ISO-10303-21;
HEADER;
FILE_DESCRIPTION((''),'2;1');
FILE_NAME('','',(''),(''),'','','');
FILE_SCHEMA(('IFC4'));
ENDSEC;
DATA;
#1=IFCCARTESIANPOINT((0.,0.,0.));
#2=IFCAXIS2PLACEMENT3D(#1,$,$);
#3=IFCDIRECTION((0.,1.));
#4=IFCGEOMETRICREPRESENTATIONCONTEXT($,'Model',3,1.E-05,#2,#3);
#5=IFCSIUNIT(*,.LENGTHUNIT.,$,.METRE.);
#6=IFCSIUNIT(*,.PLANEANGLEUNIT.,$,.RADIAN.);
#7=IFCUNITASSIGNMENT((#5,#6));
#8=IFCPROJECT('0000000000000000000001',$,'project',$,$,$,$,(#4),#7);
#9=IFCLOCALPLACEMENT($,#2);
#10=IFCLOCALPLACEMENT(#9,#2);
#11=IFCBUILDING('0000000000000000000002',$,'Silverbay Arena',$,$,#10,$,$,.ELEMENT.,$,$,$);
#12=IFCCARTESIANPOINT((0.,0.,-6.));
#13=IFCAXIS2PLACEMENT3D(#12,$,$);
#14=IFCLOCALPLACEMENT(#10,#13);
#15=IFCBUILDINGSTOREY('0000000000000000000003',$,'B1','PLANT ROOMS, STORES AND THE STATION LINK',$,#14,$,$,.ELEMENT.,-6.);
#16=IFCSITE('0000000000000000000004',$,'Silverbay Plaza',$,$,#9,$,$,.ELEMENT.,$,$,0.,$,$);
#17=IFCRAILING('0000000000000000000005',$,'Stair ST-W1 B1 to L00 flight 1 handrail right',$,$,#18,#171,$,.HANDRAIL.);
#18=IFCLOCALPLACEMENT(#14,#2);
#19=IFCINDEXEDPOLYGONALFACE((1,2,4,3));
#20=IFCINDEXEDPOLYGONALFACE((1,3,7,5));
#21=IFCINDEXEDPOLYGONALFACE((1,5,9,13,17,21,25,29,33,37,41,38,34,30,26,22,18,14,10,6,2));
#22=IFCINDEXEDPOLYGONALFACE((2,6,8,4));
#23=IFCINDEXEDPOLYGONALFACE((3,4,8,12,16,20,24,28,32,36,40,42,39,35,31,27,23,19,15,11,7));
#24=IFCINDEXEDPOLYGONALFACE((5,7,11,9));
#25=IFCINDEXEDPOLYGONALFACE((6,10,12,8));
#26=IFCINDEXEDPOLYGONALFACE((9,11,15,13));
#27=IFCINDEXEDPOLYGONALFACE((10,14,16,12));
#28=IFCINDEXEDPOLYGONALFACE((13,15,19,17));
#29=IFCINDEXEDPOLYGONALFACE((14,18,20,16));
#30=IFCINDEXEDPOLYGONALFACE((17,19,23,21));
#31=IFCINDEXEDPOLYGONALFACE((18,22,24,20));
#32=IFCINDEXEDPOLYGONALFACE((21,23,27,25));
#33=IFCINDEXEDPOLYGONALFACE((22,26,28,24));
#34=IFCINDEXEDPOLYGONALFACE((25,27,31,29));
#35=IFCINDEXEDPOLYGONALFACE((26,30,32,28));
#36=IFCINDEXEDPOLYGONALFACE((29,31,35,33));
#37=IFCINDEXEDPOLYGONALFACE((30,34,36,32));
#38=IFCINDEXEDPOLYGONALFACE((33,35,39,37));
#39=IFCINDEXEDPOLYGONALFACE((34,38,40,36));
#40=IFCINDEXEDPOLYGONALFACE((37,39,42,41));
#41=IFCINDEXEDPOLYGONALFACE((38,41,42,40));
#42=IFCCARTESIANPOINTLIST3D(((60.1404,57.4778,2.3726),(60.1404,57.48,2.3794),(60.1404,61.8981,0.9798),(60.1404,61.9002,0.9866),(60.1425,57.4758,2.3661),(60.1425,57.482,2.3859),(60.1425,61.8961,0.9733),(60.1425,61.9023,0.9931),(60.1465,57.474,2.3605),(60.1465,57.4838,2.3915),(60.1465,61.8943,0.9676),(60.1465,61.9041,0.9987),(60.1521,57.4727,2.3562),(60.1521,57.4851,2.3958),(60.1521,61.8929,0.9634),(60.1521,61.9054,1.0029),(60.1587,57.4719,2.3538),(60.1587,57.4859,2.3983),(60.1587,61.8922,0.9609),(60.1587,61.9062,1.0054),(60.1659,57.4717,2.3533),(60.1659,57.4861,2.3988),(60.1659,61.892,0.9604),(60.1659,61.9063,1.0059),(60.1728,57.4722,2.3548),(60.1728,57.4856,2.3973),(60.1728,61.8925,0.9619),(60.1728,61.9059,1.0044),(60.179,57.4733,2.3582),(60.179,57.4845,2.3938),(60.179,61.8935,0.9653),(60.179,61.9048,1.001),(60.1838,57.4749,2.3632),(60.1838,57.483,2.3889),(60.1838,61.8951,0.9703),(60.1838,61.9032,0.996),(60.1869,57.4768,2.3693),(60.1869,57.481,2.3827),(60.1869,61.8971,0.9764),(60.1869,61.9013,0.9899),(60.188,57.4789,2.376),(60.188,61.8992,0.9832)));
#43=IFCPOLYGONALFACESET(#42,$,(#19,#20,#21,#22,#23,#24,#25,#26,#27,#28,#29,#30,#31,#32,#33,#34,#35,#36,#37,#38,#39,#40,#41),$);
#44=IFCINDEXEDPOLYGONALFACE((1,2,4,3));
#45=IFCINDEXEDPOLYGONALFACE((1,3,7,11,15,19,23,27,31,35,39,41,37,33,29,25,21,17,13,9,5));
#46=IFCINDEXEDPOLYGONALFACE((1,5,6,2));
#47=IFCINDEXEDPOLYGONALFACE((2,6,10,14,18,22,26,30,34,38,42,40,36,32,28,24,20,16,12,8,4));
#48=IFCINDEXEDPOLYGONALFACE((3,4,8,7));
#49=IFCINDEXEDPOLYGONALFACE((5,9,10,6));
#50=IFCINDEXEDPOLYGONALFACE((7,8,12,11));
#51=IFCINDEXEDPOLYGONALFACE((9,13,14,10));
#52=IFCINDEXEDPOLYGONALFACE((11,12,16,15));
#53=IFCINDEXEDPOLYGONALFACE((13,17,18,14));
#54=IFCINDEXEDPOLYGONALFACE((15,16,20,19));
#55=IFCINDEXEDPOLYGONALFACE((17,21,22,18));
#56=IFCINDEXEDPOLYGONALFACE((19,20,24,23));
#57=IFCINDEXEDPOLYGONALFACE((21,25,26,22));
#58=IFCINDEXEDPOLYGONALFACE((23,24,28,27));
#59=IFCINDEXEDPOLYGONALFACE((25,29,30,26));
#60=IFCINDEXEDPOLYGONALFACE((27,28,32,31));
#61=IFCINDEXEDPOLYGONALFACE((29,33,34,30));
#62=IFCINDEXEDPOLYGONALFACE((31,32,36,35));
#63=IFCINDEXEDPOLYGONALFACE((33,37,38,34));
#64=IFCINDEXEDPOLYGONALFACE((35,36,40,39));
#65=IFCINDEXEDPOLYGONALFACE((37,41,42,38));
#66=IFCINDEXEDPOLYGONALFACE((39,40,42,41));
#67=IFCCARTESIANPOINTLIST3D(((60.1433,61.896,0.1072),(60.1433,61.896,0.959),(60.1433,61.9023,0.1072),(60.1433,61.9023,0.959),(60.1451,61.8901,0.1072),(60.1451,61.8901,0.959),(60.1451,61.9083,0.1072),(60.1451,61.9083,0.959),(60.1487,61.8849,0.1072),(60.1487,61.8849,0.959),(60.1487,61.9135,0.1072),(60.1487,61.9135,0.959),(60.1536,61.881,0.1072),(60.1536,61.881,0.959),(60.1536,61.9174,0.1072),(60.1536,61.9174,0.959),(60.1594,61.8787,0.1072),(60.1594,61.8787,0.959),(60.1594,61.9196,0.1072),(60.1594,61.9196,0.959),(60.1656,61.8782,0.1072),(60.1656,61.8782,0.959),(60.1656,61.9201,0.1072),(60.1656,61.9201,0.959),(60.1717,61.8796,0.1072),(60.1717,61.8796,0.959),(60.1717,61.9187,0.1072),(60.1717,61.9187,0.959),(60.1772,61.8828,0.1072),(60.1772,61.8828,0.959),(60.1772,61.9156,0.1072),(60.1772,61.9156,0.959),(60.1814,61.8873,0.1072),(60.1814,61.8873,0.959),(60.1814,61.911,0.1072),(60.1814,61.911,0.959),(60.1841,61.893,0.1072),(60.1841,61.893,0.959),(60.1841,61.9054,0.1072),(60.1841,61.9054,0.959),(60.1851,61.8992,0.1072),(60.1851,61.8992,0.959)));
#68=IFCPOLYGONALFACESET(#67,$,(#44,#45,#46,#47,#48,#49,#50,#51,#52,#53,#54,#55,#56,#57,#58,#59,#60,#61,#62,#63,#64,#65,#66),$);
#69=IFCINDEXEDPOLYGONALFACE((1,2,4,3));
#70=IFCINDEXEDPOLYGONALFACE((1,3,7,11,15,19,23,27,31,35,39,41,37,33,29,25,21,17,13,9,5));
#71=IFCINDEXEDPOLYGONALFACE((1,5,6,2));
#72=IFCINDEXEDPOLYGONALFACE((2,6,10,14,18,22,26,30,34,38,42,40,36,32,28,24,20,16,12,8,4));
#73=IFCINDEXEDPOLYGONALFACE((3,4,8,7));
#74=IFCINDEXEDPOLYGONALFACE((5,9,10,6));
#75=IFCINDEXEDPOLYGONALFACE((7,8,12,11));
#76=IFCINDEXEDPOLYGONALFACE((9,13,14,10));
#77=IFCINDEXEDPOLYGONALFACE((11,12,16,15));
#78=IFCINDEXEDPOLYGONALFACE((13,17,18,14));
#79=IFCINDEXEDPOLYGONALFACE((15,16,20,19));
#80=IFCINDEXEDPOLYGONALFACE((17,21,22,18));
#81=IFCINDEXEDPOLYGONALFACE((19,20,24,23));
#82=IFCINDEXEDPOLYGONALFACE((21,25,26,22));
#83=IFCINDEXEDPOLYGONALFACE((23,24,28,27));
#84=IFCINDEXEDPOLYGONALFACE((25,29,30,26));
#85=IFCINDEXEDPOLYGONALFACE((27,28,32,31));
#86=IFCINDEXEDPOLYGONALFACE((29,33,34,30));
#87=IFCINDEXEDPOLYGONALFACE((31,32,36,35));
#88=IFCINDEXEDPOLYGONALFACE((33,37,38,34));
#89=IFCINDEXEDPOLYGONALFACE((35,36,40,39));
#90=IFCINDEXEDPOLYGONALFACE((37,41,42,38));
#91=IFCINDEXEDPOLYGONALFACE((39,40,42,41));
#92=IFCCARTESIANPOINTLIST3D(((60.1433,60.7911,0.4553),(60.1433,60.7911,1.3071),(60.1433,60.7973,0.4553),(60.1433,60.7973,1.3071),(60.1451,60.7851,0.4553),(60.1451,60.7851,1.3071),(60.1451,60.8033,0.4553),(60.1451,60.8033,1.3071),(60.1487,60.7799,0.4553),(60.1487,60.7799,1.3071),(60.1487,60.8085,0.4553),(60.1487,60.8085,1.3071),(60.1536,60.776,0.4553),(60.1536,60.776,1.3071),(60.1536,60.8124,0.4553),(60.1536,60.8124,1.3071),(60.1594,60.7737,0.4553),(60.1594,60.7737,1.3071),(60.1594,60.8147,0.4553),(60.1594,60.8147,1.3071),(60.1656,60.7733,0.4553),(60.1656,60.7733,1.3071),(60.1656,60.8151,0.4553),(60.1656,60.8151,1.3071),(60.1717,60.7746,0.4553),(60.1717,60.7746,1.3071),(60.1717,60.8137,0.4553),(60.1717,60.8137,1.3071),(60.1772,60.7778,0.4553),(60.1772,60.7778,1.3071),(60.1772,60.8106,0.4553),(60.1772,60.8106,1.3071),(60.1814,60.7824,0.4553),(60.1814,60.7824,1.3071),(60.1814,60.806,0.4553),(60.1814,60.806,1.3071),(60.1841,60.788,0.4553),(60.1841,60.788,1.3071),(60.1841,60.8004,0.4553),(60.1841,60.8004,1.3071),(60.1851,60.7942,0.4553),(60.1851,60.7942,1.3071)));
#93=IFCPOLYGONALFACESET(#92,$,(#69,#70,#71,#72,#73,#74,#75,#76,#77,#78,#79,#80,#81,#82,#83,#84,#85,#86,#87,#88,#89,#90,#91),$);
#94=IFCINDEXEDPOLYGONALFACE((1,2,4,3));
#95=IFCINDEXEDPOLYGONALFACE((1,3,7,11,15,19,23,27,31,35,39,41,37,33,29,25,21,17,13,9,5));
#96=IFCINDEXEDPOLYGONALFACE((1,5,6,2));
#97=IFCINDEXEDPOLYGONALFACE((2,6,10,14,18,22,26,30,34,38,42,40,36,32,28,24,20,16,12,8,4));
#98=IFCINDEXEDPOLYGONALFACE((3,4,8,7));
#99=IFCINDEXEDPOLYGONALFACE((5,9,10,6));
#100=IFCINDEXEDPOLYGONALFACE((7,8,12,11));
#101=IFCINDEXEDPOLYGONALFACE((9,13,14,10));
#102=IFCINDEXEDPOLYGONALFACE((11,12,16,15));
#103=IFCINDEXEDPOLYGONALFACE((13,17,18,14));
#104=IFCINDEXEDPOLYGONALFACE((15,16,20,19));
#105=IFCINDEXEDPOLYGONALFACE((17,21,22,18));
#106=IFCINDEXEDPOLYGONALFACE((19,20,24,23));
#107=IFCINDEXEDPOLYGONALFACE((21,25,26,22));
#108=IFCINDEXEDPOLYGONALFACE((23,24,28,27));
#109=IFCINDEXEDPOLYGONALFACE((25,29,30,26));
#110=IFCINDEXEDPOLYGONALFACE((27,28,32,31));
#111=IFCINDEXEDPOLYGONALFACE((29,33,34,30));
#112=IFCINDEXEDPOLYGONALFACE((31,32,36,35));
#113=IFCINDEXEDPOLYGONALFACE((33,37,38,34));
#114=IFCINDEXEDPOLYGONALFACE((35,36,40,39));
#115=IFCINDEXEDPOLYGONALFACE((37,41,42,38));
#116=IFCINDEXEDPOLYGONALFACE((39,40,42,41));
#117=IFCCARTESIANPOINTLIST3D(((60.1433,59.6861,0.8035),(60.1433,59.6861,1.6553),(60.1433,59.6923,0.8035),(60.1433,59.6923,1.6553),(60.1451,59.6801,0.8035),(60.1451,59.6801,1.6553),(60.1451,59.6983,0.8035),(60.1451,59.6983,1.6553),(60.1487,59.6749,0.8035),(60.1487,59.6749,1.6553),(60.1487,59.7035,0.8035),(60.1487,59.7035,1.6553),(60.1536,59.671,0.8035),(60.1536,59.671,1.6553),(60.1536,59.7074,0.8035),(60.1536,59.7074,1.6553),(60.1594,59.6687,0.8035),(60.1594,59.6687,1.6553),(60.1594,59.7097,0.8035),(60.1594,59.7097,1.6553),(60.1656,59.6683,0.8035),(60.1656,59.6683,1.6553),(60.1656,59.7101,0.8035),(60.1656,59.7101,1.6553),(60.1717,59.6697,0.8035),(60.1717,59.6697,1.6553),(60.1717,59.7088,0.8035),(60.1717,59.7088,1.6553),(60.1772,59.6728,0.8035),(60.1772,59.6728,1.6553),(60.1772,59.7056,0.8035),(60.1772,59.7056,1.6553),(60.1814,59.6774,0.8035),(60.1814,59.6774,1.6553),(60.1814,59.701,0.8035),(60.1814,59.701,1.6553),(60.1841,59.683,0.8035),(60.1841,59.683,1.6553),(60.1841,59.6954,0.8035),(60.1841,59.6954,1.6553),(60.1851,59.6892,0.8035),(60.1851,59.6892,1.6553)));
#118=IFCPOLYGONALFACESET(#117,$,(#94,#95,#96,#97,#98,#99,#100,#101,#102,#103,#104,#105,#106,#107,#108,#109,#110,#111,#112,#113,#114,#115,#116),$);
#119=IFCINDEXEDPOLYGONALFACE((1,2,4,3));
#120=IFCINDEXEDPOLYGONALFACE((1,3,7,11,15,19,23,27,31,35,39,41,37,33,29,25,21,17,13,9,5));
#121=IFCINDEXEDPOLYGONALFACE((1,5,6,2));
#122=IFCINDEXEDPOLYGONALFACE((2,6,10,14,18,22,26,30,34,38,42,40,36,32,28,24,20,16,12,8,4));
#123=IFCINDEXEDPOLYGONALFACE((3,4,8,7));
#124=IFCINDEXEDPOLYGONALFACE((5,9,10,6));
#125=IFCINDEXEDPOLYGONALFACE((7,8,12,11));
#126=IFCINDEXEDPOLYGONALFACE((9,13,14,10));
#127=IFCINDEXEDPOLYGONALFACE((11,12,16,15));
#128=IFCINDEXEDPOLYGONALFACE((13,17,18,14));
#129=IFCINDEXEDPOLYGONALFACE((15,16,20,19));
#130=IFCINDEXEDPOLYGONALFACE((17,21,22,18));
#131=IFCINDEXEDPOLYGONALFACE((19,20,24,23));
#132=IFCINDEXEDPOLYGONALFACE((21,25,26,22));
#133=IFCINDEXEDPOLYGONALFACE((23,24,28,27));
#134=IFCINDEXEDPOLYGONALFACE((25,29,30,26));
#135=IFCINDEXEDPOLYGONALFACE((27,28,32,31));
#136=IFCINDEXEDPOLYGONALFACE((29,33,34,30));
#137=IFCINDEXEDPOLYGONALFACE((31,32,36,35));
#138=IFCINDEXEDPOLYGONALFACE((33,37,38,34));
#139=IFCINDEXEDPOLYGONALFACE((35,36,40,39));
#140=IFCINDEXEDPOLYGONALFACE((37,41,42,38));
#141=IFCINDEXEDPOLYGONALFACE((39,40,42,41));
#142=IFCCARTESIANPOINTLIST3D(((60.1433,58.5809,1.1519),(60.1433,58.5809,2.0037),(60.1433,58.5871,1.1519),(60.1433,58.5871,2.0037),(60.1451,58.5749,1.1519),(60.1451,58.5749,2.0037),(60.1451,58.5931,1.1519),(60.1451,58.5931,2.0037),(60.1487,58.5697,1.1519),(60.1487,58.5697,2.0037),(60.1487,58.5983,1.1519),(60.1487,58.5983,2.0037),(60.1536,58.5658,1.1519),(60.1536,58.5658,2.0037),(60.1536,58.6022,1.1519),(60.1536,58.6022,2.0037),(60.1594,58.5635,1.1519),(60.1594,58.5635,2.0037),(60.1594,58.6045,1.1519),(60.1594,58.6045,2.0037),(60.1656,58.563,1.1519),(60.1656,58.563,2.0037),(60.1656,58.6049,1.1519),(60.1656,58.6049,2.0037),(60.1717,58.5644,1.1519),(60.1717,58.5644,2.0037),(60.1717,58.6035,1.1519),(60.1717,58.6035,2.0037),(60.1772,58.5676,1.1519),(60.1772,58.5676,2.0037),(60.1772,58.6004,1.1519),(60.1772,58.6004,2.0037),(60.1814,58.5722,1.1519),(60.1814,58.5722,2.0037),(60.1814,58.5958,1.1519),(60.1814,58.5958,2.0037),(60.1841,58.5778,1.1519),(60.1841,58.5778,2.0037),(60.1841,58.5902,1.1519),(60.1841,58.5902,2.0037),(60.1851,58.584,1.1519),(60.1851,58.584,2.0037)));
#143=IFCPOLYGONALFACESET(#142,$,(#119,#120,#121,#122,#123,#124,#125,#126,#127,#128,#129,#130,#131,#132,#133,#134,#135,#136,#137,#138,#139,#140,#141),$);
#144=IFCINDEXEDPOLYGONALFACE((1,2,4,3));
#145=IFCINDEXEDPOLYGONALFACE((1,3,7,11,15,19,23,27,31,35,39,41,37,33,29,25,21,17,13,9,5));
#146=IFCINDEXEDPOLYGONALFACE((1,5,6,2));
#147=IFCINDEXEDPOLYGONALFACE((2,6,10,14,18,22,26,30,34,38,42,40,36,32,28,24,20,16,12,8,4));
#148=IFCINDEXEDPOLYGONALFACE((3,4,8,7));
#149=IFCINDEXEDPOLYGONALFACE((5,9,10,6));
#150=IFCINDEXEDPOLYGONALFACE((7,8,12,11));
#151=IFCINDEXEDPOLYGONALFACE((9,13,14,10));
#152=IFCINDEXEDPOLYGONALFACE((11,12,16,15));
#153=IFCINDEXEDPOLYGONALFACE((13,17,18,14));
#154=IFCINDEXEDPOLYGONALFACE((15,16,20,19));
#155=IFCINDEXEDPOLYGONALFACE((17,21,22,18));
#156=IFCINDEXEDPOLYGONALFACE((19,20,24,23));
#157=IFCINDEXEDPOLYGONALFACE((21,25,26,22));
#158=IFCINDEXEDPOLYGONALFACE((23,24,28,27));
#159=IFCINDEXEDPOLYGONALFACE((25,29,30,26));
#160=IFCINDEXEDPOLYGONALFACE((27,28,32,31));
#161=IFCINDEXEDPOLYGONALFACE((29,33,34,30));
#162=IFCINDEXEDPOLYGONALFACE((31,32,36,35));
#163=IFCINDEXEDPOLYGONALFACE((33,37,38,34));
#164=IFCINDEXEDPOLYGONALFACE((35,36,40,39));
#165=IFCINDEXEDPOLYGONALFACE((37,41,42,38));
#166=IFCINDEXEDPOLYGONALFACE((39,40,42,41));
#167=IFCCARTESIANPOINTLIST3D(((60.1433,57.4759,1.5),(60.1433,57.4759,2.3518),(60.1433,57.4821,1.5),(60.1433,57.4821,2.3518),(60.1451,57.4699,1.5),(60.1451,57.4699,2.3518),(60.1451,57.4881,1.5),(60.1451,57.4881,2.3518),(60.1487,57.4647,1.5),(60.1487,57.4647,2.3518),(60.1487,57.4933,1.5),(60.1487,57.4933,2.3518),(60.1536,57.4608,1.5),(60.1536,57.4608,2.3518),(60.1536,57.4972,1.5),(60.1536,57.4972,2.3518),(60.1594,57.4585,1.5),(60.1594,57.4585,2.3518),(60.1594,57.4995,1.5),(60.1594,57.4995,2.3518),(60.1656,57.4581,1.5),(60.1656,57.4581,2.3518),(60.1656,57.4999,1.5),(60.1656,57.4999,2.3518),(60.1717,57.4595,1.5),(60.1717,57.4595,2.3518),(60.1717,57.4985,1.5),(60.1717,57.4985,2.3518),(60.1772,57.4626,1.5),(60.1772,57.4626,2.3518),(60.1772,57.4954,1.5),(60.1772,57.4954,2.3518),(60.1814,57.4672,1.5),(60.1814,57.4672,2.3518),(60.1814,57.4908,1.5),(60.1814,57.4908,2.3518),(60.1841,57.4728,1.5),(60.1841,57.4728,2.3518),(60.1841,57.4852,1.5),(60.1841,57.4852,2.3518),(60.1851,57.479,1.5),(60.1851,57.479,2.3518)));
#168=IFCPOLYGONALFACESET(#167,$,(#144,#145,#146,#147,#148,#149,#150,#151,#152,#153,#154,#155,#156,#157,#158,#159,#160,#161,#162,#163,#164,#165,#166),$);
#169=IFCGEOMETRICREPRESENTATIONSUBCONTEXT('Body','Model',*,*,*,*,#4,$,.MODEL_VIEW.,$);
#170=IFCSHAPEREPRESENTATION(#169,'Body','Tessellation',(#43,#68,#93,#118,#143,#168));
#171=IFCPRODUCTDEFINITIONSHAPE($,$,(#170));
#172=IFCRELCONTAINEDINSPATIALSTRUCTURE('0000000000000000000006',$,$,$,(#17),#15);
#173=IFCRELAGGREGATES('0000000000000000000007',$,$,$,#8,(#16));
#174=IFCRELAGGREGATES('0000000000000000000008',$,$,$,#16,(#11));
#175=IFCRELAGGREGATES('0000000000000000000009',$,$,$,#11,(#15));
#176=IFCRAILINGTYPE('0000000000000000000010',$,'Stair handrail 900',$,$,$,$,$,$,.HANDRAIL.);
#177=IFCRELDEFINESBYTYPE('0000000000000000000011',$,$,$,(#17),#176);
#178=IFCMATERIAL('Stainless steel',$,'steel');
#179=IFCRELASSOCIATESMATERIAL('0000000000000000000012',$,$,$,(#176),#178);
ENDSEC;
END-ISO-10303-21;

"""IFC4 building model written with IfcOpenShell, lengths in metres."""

from ifc_helpers import new_model, si_unit, direction, frame, origin, origin_2d, place, context, subcontext, project, spatial, circle, extrude, material, type_object, element, save


model = new_model("IFC4")

# Units and contexts
model_context = context("Model", 3, precision=1e-05, world=origin(), true_north=direction((0.0, 1.0)))
body_context = subcontext(model_context, "Body", "Model", "MODEL_VIEW")
ifc_project = project(units=[si_unit("LENGTHUNIT", "METRE"), si_unit("PLANEANGLEUNIT", "RADIAN")], contexts=[model_context])

# Site, building, storey
site_placement = place(None, origin())
site = spatial("IfcSite", under=ifc_project, at=site_placement, Name="Silverbay Plaza", CompositionType="ELEMENT", RefElevation=0.0)
building_placement = place(site_placement, origin())
building = spatial("IfcBuilding", under=site, at=building_placement, Name="Silverbay Arena", CompositionType="ELEMENT")
storey_placement = place(building_placement, frame((0.0, 0.0, -6.0)))
storey = spatial("IfcBuildingStorey", under=building, at=storey_placement, Name="B1", Description="PLANT ROOMS, STORES AND THE STATION LINK", CompositionType="ELEMENT", Elevation=-6.0)

# Railing
ifc_material_1 = material(Name="Stainless steel", Category="steel")
railing_type_1 = type_object("IfcRailingType", Name="Stair handrail 900", PredefinedType="HANDRAIL", material=ifc_material_1)
for number, where, name in (
    (1, (60.1641, 61.8992, 0.1072), "Stair ST-W1 B1 to L00 flight 1 handrail right"),
):
    element("IfcRailing", number, at=place(storey_placement, frame(where)), inside=storey, type_object=railing_type_1, Name=name, PredefinedType="HANDRAIL", context=body_context, shape_type="SweptSolid", body=[
        extrude(circle(Radius=0.0239, at=origin_2d()), frame((0.0, 0.0, 0.876), z_axis=(0.0, -0.95377, 0.300539), x_axis=(1.0, 0.0, 0.0)), (0.0, 0.0, 1.0), 4.6345),
        extrude(circle(Radius=0.021, at=origin_2d()), origin(), (0.0, 0.0, 1.0), 0.8518),
        extrude(circle(Radius=0.021, at=origin_2d()), frame((0.0, -1.105, 0.3481)), (0.0, 0.0, 1.0), 0.8518),
        extrude(circle(Radius=0.021, at=origin_2d()), frame((0.0, -2.21, 0.6963)), (0.0, 0.0, 1.0), 0.8518),
        extrude(circle(Radius=0.021, at=origin_2d()), frame((0.0, -3.3152, 1.0447)), (0.0, 0.0, 1.0), 0.8518),
        extrude(circle(Radius=0.021, at=origin_2d()), frame((0.0, -4.4202, 1.3928)), (0.0, 0.0, 1.0), 0.8518),
    ])

save(model, "model.ifc")
